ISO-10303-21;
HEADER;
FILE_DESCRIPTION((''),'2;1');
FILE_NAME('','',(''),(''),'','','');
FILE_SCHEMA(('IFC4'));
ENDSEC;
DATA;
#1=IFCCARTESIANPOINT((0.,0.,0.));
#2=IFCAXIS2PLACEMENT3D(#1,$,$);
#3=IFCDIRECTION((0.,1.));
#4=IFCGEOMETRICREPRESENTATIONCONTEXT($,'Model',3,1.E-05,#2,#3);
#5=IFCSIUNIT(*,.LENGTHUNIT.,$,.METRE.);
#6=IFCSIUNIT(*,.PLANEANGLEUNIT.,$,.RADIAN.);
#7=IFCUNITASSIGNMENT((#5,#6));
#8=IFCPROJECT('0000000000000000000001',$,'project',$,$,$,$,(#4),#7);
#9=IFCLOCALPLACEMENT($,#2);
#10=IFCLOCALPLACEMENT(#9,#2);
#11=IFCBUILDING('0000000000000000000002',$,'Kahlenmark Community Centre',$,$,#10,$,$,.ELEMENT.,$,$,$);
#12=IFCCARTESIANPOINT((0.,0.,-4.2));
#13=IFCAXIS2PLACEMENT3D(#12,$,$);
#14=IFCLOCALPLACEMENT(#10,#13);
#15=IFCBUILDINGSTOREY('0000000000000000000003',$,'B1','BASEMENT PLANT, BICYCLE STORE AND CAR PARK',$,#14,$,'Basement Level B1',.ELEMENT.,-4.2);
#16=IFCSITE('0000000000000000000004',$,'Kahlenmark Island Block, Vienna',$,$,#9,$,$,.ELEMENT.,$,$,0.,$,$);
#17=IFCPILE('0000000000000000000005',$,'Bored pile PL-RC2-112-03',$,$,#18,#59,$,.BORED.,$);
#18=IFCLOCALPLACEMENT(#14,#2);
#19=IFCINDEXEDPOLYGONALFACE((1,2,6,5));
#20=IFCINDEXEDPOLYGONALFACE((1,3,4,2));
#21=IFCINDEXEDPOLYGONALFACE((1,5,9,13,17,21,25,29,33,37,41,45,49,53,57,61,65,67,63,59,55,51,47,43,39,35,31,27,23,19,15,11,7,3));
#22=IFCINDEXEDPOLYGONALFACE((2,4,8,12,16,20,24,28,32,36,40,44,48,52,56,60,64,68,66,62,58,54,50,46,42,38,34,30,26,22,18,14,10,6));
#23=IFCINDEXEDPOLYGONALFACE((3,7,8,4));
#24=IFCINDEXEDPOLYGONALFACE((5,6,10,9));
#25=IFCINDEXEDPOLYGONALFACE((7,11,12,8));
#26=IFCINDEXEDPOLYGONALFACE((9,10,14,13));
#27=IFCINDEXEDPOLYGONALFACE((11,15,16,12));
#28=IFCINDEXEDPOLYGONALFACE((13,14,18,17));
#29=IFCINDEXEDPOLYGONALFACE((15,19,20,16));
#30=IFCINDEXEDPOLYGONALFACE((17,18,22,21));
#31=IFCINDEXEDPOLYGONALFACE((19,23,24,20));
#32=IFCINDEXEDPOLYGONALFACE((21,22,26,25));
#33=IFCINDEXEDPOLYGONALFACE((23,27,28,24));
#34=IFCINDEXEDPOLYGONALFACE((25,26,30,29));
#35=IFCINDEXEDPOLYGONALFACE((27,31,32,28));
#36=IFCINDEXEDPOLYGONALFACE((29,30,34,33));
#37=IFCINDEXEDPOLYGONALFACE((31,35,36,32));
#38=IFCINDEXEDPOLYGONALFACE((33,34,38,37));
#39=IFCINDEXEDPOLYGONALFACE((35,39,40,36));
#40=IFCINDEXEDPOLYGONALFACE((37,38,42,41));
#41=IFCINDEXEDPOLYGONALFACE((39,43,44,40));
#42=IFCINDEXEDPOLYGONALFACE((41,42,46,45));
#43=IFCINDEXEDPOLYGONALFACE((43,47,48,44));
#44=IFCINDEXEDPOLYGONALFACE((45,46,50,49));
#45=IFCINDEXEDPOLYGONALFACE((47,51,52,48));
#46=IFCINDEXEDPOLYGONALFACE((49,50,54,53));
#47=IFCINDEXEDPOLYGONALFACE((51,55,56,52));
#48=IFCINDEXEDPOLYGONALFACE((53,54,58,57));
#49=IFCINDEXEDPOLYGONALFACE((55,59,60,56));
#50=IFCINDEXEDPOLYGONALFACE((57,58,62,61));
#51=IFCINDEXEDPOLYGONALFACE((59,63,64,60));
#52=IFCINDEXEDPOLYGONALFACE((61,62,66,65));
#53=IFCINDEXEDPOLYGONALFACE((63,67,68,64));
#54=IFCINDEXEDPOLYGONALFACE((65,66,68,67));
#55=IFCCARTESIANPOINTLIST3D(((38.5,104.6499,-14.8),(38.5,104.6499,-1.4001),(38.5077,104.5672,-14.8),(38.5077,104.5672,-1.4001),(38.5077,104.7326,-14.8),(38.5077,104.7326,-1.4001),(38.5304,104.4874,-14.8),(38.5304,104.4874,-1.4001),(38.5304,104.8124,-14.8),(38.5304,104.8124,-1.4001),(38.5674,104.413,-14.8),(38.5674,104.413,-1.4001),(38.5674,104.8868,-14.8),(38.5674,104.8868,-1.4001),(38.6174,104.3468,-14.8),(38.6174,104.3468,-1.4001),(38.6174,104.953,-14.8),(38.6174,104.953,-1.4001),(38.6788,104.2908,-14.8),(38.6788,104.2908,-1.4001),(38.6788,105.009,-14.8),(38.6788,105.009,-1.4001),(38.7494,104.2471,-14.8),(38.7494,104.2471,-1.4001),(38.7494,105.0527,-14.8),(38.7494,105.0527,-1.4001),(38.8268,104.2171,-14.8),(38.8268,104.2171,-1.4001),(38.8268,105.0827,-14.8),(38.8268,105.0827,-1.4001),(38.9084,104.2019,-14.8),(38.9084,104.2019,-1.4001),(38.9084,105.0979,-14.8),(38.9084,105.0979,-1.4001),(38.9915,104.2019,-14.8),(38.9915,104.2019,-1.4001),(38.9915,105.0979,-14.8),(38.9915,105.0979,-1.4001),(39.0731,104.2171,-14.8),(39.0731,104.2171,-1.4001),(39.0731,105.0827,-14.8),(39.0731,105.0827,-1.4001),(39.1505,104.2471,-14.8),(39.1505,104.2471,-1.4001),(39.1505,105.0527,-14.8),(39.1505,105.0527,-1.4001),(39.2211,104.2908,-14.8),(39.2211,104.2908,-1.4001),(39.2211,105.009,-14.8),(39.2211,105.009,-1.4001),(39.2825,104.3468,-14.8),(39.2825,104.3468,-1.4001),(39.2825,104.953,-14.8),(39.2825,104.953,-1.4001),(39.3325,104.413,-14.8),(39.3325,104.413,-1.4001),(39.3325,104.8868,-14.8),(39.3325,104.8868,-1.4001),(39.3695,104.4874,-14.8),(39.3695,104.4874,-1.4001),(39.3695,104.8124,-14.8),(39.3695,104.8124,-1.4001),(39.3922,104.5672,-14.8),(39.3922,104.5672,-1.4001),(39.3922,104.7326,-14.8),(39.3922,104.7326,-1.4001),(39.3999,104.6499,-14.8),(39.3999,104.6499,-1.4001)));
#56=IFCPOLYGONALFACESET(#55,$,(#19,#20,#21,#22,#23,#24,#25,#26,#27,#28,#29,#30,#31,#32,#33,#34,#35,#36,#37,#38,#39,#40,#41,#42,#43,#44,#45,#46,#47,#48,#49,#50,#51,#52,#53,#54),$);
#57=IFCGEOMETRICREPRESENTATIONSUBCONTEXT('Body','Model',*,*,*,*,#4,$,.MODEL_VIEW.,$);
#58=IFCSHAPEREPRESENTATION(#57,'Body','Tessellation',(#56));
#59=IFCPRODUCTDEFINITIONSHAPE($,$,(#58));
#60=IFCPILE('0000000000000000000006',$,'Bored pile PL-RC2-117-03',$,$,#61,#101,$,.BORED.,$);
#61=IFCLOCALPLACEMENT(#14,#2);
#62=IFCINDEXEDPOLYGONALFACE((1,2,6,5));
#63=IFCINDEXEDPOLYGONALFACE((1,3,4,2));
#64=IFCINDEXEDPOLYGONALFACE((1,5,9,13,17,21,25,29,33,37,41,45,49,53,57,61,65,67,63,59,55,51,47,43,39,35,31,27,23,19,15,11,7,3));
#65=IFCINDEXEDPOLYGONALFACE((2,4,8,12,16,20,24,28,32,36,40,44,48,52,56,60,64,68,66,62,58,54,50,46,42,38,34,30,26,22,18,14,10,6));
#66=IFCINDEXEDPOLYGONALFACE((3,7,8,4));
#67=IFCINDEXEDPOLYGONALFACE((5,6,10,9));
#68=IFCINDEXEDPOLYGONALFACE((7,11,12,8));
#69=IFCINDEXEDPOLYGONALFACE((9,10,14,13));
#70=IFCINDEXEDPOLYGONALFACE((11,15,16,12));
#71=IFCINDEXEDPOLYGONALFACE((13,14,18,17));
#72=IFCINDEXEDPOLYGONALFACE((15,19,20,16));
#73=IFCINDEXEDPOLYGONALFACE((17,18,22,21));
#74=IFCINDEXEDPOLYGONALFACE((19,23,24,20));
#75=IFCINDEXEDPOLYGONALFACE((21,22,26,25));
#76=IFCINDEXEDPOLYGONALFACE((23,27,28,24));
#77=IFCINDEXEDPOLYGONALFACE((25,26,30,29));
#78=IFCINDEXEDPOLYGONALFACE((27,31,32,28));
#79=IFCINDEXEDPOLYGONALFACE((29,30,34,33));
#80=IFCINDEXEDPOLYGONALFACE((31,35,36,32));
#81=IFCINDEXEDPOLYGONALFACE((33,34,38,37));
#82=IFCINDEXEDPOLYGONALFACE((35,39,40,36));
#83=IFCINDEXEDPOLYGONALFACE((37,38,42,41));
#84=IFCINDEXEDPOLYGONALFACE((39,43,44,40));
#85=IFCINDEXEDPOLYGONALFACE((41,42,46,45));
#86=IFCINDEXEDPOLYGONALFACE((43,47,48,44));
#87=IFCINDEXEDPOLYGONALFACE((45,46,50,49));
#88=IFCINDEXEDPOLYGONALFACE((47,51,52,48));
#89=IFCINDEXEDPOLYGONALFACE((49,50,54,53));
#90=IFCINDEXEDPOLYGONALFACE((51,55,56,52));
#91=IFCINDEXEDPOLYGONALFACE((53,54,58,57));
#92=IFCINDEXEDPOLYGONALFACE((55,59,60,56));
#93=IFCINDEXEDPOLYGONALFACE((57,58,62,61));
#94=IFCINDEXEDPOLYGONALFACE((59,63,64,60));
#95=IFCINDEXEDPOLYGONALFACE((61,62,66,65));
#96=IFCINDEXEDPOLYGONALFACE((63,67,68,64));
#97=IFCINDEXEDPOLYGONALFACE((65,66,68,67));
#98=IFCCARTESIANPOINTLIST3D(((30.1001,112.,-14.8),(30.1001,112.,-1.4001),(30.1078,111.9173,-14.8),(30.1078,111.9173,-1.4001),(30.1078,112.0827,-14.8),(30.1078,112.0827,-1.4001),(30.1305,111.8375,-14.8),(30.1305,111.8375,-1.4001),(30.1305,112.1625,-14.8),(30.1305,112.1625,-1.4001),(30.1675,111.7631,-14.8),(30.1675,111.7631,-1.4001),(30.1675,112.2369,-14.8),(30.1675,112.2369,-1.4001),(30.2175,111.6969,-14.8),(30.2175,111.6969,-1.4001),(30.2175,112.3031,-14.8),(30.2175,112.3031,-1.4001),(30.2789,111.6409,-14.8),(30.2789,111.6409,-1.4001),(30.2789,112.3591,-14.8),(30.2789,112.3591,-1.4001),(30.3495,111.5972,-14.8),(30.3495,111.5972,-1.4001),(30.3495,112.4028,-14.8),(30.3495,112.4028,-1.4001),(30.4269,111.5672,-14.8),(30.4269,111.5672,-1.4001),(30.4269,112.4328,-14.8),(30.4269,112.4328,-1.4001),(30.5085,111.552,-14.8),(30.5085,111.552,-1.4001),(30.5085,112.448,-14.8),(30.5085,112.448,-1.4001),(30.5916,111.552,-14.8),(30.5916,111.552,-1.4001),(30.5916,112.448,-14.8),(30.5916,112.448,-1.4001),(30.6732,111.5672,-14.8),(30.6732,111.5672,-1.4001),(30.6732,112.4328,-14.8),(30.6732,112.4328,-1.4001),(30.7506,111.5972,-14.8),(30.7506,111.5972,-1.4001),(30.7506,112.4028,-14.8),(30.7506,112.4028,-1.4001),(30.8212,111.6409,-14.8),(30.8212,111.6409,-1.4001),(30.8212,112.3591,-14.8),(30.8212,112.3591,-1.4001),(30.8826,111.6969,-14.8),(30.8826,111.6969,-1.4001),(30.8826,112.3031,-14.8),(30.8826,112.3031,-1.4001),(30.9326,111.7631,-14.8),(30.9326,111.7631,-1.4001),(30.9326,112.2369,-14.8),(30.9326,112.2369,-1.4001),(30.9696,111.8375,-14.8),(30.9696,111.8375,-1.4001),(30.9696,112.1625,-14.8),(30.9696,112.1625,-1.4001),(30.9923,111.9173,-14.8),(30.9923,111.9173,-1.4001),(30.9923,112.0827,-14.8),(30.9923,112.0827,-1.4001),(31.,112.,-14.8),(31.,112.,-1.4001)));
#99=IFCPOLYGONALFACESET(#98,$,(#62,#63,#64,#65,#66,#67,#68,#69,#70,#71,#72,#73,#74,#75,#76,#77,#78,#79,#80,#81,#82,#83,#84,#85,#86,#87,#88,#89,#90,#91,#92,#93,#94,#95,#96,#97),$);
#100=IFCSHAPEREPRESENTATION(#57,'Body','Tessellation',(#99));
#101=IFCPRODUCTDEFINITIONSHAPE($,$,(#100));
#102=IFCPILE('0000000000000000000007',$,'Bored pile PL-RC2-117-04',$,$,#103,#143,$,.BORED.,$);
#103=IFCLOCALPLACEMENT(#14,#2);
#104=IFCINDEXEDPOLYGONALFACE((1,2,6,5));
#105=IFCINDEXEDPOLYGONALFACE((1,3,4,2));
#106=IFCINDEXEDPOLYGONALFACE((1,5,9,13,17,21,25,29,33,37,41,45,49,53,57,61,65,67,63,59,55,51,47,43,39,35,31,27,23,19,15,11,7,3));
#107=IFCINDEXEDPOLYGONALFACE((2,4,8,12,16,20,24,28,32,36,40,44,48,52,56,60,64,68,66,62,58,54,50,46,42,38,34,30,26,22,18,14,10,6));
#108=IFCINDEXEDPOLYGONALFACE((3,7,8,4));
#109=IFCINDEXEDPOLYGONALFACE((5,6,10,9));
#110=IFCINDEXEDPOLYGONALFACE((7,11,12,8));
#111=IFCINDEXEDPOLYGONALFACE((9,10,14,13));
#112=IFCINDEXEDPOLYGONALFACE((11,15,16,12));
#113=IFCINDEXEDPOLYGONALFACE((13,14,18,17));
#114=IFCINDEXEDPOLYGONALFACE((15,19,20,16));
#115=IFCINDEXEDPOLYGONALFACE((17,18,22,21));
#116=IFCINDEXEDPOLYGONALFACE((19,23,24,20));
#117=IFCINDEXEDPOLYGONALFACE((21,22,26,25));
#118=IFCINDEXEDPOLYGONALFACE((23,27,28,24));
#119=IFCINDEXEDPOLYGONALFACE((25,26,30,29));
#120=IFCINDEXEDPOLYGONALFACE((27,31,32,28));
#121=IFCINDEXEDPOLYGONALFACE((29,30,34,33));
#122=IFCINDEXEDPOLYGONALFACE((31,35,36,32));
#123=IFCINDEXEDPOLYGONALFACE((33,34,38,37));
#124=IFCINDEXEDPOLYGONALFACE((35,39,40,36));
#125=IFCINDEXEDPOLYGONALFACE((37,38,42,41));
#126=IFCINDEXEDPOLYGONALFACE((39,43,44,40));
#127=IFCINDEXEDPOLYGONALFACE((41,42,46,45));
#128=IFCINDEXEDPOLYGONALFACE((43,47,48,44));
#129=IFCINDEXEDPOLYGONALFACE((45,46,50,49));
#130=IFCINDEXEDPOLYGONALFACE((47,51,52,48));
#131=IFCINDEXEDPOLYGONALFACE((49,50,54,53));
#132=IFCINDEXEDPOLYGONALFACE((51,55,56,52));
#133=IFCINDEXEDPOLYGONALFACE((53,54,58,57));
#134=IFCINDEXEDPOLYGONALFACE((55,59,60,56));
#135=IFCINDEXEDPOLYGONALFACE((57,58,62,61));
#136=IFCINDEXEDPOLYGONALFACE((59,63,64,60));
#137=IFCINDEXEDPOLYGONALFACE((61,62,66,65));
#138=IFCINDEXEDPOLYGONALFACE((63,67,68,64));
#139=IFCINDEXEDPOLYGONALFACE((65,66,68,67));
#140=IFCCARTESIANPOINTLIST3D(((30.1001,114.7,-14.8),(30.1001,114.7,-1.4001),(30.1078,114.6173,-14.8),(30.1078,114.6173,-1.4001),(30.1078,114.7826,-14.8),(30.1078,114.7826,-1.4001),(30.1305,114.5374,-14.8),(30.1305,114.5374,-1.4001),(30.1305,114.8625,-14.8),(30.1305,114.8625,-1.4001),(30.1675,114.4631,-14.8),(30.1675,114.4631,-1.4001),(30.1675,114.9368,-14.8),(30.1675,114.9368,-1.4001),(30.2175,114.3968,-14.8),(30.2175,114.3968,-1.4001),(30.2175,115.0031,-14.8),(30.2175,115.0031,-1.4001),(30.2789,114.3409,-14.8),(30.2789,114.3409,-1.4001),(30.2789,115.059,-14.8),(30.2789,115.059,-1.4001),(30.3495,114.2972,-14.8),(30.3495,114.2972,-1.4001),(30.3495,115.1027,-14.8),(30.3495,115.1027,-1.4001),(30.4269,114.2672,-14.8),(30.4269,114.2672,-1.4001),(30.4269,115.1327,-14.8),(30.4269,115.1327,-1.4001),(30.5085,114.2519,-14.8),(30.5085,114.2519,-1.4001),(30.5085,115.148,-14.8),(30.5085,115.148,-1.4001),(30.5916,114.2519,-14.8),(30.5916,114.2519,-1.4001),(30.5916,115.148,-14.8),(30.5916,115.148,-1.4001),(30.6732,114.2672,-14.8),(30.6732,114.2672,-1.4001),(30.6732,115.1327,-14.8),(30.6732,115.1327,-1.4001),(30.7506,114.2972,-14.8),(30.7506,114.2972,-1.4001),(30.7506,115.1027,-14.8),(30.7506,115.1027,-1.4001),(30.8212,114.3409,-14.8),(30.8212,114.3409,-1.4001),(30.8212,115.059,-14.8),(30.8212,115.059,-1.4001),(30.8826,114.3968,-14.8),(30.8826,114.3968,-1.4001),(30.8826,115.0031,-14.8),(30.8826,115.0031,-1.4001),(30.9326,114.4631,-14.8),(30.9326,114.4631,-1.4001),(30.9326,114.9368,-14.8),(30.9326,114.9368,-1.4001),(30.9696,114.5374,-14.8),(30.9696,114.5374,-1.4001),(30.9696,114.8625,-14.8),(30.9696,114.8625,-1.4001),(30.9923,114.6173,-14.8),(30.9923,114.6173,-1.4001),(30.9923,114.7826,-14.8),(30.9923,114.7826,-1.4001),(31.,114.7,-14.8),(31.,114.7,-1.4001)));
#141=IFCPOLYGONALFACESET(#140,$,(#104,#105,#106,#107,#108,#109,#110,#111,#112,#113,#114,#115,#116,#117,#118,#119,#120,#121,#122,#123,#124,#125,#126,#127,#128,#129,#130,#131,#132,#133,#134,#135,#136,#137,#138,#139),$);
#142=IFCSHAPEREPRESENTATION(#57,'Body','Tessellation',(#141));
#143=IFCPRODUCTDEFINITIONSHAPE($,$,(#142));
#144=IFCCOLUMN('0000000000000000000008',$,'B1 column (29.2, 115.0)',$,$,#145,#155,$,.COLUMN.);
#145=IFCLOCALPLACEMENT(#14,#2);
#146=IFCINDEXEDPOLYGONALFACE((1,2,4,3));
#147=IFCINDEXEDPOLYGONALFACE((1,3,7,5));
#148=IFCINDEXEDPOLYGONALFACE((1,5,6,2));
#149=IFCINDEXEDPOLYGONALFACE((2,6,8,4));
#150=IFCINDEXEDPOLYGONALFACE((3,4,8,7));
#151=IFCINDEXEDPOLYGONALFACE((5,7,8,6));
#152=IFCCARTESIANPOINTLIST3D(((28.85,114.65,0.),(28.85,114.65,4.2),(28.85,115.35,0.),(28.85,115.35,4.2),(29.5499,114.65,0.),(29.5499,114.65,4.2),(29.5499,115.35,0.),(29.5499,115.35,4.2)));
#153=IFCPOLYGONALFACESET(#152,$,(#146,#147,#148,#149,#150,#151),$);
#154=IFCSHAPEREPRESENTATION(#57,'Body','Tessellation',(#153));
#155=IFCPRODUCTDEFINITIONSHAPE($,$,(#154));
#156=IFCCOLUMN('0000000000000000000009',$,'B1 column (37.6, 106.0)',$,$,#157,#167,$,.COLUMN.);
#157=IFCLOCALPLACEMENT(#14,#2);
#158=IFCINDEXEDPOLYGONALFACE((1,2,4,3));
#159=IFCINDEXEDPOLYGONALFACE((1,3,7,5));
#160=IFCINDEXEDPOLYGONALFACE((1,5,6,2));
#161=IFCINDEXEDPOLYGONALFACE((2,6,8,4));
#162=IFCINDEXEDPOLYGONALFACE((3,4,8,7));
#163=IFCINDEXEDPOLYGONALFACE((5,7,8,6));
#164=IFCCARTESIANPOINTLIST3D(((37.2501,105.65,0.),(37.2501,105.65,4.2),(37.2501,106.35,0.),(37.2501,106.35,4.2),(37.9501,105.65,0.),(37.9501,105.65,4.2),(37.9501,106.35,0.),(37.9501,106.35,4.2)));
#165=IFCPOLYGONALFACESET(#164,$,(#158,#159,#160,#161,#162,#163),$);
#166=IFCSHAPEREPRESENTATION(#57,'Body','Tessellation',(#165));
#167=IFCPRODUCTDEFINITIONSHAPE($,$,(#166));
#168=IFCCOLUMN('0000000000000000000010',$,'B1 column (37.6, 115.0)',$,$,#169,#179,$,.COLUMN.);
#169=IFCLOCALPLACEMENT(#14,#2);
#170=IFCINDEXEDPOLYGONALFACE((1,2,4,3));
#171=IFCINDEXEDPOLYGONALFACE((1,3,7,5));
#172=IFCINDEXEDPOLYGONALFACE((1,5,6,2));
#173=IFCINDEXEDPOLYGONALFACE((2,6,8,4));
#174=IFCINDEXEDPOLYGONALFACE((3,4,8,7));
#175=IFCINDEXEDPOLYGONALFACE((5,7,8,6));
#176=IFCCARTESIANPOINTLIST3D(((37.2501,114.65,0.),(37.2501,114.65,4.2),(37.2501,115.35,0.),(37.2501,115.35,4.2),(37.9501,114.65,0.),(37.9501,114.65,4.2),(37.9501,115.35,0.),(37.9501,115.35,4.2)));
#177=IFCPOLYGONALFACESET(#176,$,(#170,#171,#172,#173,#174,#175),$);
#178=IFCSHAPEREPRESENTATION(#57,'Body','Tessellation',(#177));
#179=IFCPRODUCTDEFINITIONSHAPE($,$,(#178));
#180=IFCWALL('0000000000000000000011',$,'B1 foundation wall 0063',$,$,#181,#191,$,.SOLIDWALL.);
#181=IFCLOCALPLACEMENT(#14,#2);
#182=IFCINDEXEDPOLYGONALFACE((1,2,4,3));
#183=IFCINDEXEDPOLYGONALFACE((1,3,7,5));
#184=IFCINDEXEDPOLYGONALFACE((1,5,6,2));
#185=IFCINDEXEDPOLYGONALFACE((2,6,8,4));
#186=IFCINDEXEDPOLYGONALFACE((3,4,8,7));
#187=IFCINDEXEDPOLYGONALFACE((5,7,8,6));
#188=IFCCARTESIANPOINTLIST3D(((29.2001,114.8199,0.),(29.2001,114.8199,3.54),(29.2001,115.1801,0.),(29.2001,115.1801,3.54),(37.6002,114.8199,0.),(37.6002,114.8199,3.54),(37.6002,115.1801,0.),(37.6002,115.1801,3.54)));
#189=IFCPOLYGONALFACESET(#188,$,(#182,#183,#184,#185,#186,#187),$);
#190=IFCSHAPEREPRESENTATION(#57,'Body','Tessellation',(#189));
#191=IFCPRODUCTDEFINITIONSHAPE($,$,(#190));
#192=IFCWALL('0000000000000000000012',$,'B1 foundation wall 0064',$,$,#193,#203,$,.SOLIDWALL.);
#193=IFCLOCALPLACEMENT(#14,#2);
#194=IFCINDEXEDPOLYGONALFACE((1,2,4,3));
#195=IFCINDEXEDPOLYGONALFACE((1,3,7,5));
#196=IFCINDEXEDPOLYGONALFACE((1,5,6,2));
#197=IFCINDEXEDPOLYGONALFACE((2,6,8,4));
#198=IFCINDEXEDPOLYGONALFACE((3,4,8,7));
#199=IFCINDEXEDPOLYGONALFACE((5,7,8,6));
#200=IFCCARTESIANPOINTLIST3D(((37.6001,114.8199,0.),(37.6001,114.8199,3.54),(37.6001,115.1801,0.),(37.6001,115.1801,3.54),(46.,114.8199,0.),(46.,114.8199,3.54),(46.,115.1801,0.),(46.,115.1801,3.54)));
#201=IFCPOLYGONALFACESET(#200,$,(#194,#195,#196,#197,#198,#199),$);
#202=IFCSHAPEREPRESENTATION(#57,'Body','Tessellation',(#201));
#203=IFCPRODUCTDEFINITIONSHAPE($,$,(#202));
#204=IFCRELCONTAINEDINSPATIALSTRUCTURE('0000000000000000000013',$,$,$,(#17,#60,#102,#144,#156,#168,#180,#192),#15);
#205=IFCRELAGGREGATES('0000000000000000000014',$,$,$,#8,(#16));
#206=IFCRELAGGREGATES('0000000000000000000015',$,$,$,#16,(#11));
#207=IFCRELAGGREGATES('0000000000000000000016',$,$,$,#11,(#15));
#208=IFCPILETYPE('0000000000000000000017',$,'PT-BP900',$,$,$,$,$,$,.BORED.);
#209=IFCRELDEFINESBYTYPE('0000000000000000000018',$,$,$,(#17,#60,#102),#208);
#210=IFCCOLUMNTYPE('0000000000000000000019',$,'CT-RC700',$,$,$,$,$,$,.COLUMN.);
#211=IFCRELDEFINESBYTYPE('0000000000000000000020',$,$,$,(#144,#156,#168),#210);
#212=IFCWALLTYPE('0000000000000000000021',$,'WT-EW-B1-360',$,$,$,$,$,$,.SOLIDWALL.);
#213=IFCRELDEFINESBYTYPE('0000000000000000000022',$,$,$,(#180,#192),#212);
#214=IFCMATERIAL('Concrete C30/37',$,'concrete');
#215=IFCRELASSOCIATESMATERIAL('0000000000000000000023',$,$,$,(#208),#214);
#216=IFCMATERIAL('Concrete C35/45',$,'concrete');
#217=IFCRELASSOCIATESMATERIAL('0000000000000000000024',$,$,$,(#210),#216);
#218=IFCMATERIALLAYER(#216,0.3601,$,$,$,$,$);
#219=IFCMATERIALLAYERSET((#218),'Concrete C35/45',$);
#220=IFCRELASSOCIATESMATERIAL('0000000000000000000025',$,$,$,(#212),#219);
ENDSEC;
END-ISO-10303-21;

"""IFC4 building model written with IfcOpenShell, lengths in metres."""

from ifc_helpers import new_model, si_unit, direction, frame, frame_2d, origin, origin_2d, place, context, subcontext, project, spatial, rectangle, circle, extrude, material, layer, layer_set, material_profile, profile_set, type_object, element, save


model = new_model("IFC4")

# Units and contexts
model_context = context("Model", 3, precision=1e-05, world=origin(), true_north=direction((0.0, 1.0)))
body_context = subcontext(model_context, "Body", "Model", "MODEL_VIEW")
ifc_project = project(units=[si_unit("LENGTHUNIT", "METRE"), si_unit("PLANEANGLEUNIT", "RADIAN")], contexts=[model_context])

# Site, building, storey
site_placement = place(None, origin())
site = spatial("IfcSite", under=ifc_project, at=site_placement, Name="Kahlenmark Island Block, Vienna", CompositionType="ELEMENT", RefElevation=0.0)
building_placement = place(site_placement, origin())
building = spatial("IfcBuilding", under=site, at=building_placement, Name="Kahlenmark Community Centre", CompositionType="ELEMENT")
storey_placement = place(building_placement, frame((0.0, 0.0, -4.2)))
storey = spatial("IfcBuildingStorey", under=building, at=storey_placement, Name="B1", Description="BASEMENT PLANT, BICYCLE STORE AND CAR PARK", LongName="Basement Level B1", CompositionType="ELEMENT", Elevation=-4.2)

# Shared definitions
ifc_material_1 = material(Name="Concrete C30/37", Category="concrete")

# Piles
ifc_material_profile_1 = material_profile(ifc_material_1, circle(Radius=0.45, at=origin_2d()), Name="BORED PILE 900")
ifc_profile_set_1 = profile_set([ifc_material_profile_1], Name="Concrete C30/37")
pile_type_1 = type_object("IfcPileType", Name="PT-BP900", PredefinedType="BORED", material=ifc_profile_set_1)
for number, where, z_axis, x_axis, name in (
    (1, (38.95, 104.6499, -1.4001), (0.0, 0.0, -1.0), (1.0, 0.0, 0.0), "Bored pile PL-RC2-112-03"),
    (2, (30.55, 112.0, -1.4001), (0.0, 0.0, -1.0), (1.0, 0.0, 0.0), "Bored pile PL-RC2-117-03"),
    (3, (30.55, 114.7, -1.4001), (0.0, 0.0, -1.0), (1.0, 0.0, 0.0), "Bored pile PL-RC2-117-04"),
):
    element("IfcPile", number, at=place(storey_placement, frame(where, z_axis=z_axis, x_axis=x_axis)), inside=storey, type_object=pile_type_1, Name=name, PredefinedType="BORED", context=body_context, shape_type="SweptSolid", body=[
        extrude(circle(Radius=0.45, at=origin_2d()), origin(), (0.0, 0.0, 1.0), 13.3999),
    ])

# Columns
ifc_material_2 = material(Name="Concrete C35/45", Category="concrete")
ifc_material_profile_2 = material_profile(ifc_material_2, rectangle(XDim=0.7, YDim=0.7, at=origin_2d()), Name="RC 700x700")
ifc_profile_set_2 = profile_set([ifc_material_profile_2], Name="Concrete C35/45")
column_type = type_object("IfcColumnType", Name="CT-RC700", PredefinedType="COLUMN", material=ifc_profile_set_2)
for number, where, z_axis, x_axis, name in (
    (4, (29.2, 115.0, 0.0), (0.0, 0.0, 1.0), (1.0, 0.0, 0.0), "B1 column (29.2, 115.0)"),
    (5, (37.6001, 106.0, 0.0), (0.0, 0.0, 1.0), (1.0, 0.0, 0.0), "B1 column (37.6, 106.0)"),
    (6, (37.6001, 115.0, 0.0), (0.0, 0.0, 1.0), (1.0, 0.0, 0.0), "B1 column (37.6, 115.0)"),
):
    element("IfcColumn", number, at=place(storey_placement, frame(where, z_axis=z_axis, x_axis=x_axis)), inside=storey, type_object=column_type, Name=name, PredefinedType="COLUMN", context=body_context, shape_type="SweptSolid", body=[
        extrude(rectangle(XDim=0.7, YDim=0.7, at=origin_2d()), origin(), (0.0, 0.0, 1.0), 4.2),
    ])

# Walls
ifc_layer = layer(ifc_material_2, 0.3601)
ifc_layer_set = layer_set([ifc_layer], Name="Concrete C35/45")
wall_type = type_object("IfcWallType", Name="WT-EW-B1-360", PredefinedType="SOLIDWALL", material=ifc_layer_set)
wall_1_placement = place(storey_placement, frame((29.2, 115.0, 0.0), z_axis=(0.0, 0.0, 1.0), x_axis=(1.0, 0.0, 0.0)))
element("IfcWall", 7, at=wall_1_placement, inside=storey, type_object=wall_type, Name="B1 foundation wall 0063", PredefinedType="SOLIDWALL", context=body_context, shape_type="SweptSolid", body=[
    extrude(rectangle(XDim=8.4001, YDim=0.3601, at=frame_2d((4.2002, 0.0))), origin(), (0.0, 0.0, 1.0), 3.54),
])
wall_2_placement = place(storey_placement, frame((37.6001, 115.0, 0.0), z_axis=(0.0, 0.0, 1.0), x_axis=(1.0, 0.0, 0.0)))
element("IfcWall", 8, at=wall_2_placement, inside=storey, type_object=wall_type, Name="B1 foundation wall 0064", PredefinedType="SOLIDWALL", context=body_context, shape_type="SweptSolid", body=[
    extrude(rectangle(XDim=8.3999, YDim=0.3601, at=frame_2d((4.2, 0.0))), origin(), (0.0, 0.0, 1.0), 3.54),
])

save(model, "model.ifc")
